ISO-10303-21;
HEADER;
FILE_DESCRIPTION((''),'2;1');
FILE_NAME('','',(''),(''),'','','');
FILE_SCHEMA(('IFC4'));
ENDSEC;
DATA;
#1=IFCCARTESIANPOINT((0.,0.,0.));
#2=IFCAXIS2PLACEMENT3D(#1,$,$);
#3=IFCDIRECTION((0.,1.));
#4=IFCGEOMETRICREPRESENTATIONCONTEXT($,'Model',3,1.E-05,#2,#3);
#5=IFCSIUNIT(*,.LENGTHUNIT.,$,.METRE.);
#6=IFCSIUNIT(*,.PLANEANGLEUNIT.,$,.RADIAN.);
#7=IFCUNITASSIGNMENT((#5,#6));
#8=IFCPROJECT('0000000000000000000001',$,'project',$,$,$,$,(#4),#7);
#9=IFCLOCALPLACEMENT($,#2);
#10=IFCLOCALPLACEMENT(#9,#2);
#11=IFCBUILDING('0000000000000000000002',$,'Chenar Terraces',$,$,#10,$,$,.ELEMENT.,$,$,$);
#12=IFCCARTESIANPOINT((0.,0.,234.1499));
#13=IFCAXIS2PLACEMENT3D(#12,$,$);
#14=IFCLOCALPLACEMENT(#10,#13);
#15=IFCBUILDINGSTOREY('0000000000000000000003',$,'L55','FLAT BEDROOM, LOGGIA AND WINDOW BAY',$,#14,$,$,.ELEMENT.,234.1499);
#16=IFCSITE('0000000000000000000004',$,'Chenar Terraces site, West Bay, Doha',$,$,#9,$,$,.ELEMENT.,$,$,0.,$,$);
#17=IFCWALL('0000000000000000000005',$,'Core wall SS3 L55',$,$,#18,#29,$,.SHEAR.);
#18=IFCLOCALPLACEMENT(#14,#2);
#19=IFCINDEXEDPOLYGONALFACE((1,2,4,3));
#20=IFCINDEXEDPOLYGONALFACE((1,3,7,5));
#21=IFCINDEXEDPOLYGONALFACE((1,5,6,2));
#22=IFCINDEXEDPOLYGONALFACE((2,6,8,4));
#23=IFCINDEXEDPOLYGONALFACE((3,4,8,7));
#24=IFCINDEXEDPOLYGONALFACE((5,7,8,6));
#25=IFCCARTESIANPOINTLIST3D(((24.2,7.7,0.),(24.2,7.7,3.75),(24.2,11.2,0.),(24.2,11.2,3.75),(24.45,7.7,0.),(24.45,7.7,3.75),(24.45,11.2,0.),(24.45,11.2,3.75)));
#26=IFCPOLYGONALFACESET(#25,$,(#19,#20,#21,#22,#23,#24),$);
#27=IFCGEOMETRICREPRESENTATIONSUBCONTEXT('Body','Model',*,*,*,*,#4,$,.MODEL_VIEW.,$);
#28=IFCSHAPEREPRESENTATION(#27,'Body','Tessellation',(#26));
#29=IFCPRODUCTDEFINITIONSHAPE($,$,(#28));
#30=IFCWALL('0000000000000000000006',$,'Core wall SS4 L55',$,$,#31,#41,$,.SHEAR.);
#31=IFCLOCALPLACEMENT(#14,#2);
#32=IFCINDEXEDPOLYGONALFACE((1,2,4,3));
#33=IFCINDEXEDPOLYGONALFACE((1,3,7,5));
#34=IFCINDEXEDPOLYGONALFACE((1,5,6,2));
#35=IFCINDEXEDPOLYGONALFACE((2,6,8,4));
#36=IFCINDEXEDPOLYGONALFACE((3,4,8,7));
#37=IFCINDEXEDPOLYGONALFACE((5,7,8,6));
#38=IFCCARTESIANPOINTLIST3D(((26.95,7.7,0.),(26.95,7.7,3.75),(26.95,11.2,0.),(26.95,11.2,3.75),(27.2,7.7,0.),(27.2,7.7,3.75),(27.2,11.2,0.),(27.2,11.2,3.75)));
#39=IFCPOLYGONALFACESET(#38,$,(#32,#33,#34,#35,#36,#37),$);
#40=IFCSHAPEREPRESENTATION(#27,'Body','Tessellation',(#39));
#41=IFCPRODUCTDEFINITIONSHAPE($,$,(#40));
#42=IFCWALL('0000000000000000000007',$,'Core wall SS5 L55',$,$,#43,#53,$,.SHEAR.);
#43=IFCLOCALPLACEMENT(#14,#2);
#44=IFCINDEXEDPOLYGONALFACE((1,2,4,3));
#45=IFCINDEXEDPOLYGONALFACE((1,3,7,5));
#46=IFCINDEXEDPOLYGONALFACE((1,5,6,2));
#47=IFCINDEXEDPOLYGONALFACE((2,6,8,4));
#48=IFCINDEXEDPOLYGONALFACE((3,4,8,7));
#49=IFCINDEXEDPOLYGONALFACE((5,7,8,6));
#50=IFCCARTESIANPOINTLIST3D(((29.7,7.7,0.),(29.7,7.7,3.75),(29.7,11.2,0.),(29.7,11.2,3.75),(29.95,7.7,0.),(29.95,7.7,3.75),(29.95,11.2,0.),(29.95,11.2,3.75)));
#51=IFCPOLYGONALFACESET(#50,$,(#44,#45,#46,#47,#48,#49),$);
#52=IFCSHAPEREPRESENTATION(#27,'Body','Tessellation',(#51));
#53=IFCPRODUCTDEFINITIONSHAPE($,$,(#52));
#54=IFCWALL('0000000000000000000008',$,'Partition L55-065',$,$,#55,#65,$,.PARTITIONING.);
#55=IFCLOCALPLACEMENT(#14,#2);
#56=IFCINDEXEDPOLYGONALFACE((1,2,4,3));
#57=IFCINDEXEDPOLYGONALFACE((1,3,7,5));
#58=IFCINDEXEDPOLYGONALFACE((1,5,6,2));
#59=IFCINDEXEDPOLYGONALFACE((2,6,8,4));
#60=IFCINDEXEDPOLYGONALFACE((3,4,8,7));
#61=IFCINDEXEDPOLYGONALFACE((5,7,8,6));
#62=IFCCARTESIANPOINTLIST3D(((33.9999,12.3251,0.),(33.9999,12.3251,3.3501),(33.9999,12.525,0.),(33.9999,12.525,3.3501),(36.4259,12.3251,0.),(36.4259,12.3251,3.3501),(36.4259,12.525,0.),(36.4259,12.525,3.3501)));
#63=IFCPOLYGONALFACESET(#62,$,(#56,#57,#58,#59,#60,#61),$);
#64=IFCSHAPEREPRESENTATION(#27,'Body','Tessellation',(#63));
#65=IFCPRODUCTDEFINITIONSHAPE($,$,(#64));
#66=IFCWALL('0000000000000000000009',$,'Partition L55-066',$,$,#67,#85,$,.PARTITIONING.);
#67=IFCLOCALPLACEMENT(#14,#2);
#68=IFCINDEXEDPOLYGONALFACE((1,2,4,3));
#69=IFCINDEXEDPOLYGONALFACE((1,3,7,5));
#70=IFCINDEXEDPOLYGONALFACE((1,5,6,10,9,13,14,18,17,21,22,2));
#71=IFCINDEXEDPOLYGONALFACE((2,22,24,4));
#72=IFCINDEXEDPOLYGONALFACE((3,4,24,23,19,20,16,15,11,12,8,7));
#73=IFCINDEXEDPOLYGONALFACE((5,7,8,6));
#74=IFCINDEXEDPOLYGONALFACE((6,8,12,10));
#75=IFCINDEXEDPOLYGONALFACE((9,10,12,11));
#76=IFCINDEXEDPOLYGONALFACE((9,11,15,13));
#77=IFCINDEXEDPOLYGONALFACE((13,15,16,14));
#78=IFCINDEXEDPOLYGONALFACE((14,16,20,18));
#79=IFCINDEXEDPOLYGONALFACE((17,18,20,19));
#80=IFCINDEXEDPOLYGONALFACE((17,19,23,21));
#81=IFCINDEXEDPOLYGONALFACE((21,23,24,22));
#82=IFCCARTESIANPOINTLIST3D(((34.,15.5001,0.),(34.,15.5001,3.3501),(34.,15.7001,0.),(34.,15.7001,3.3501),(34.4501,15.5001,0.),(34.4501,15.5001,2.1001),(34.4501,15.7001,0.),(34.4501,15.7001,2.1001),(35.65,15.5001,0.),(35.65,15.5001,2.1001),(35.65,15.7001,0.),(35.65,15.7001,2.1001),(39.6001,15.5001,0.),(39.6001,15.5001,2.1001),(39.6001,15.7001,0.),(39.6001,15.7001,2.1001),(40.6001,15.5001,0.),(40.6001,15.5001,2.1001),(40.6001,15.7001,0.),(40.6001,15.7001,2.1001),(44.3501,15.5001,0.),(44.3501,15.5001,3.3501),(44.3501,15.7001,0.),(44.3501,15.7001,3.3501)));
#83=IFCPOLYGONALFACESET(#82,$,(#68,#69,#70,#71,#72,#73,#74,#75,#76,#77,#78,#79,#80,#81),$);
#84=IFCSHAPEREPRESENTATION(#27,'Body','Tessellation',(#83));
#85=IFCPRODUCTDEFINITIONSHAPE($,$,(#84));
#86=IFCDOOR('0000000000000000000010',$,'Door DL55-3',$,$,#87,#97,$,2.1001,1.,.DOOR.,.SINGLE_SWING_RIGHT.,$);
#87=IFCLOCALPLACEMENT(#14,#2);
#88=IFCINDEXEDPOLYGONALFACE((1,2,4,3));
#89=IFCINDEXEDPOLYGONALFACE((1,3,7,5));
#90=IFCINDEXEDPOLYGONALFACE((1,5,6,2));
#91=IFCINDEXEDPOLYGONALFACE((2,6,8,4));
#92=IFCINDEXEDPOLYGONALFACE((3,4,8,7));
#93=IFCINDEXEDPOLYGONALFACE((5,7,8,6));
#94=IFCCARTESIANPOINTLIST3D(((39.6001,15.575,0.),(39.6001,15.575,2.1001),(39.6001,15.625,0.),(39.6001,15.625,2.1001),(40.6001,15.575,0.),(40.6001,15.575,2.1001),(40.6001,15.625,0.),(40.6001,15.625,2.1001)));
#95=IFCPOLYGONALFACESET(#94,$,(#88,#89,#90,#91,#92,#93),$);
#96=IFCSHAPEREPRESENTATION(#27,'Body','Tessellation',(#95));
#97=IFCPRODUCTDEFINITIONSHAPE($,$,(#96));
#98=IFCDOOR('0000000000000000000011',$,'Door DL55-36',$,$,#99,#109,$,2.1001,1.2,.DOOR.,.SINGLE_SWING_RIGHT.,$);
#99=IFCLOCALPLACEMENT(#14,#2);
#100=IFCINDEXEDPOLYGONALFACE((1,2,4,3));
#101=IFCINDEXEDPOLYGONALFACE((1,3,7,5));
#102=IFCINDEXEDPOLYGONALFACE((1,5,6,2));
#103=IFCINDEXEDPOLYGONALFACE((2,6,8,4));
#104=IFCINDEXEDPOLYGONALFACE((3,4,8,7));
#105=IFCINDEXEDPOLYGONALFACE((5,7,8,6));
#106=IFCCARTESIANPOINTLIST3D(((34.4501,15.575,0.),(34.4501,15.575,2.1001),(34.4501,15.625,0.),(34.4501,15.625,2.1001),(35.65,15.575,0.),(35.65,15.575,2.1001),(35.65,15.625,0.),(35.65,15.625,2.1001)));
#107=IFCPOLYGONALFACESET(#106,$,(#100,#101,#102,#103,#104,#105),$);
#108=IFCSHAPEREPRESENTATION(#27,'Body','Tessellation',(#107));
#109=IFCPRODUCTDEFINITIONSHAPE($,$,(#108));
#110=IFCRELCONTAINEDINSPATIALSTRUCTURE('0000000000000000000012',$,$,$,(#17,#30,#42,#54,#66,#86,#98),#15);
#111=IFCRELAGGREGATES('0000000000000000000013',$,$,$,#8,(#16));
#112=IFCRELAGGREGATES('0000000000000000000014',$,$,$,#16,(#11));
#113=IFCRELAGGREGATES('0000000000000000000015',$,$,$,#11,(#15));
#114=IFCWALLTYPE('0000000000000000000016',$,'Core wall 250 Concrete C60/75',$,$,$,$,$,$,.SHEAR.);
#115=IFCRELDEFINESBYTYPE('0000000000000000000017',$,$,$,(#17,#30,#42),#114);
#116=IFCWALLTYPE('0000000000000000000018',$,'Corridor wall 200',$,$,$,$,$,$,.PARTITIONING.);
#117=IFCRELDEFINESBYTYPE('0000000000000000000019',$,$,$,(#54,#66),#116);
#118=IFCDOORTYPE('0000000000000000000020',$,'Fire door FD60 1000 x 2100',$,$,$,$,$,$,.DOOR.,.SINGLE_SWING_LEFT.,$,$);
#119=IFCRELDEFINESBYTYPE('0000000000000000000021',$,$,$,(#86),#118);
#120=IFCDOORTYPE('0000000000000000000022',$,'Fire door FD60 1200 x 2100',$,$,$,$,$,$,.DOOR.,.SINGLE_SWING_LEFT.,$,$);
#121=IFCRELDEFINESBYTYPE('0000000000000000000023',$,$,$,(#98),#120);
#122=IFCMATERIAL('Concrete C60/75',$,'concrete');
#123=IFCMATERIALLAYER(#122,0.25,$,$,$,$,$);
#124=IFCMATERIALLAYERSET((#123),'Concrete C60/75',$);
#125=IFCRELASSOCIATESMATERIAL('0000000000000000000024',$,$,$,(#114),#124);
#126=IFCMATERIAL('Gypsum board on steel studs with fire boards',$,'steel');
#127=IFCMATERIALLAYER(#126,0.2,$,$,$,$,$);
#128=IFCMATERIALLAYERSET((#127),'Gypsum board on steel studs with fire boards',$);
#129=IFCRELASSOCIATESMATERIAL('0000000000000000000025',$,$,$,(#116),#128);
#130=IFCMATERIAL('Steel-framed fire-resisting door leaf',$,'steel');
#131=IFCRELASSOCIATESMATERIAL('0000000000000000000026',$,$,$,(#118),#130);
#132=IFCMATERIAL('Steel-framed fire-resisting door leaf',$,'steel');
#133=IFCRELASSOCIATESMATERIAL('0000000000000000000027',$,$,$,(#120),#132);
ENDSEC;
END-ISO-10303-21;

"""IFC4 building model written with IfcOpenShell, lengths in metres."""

from ifc_helpers import new_model, si_unit, direction, frame, frame_2d, origin, place, context, subcontext, project, spatial, rectangle, extrude, material, layer, layer_set, type_object, element, fill, save


model = new_model("IFC4")

# Units and contexts
model_context = context("Model", 3, precision=1e-05, world=origin(), true_north=direction((0.0, 1.0)))
body_context = subcontext(model_context, "Body", "Model", "MODEL_VIEW")
ifc_project = project(units=[si_unit("LENGTHUNIT", "METRE"), si_unit("PLANEANGLEUNIT", "RADIAN")], contexts=[model_context])

# Site, building, storey
site_placement = place(None, origin())
site = spatial("IfcSite", under=ifc_project, at=site_placement, Name="Chenar Terraces site, West Bay, Doha", CompositionType="ELEMENT", RefElevation=0.0)
building_placement = place(site_placement, origin())
building = spatial("IfcBuilding", under=site, at=building_placement, Name="Chenar Terraces", CompositionType="ELEMENT")
storey_placement = place(building_placement, frame((0.0, 0.0, 234.1499)))
storey = spatial("IfcBuildingStorey", under=building, at=storey_placement, Name="L55", Description="FLAT BEDROOM, LOGGIA AND WINDOW BAY", CompositionType="ELEMENT", Elevation=234.1499)

# Walls
ifc_material_1 = material(Name="Concrete C60/75", Category="concrete")
ifc_layer_1 = layer(ifc_material_1, 0.25)
ifc_layer_set_1 = layer_set([ifc_layer_1], Name="Concrete C60/75")
wall_type_1 = type_object("IfcWallType", Name="Core wall 250 Concrete C60/75", PredefinedType="SHEAR", material=ifc_layer_set_1)
for number, where, z_axis, x_axis, name in (
    (1, (24.325, 7.7, 0.0), (0.0, 0.0, 1.0), (0.0, 1.0, 0.0), "Core wall SS3 L55"),
    (2, (27.075, 7.7, 0.0), (0.0, 0.0, 1.0), (0.0, 1.0, 0.0), "Core wall SS4 L55"),
    (3, (29.825, 7.7, 0.0), (0.0, 0.0, 1.0), (0.0, 1.0, 0.0), "Core wall SS5 L55"),
):
    element("IfcWall", number, at=place(storey_placement, frame(where, z_axis=z_axis, x_axis=x_axis)), inside=storey, type_object=wall_type_1, Name=name, PredefinedType="SHEAR", context=body_context, shape_type="SweptSolid", body=[
        extrude(rectangle(XDim=3.5, YDim=0.25, at=frame_2d((1.75, 0.0))), origin(), (0.0, 0.0, 1.0), 3.75),
    ])

# Wall
ifc_material_2 = material(Name="Gypsum board on steel studs with fire boards", Category="steel")
ifc_layer_2 = layer(ifc_material_2, 0.2)
ifc_layer_set_2 = layer_set([ifc_layer_2], Name="Gypsum board on steel studs with fire boards")
wall_type_2 = type_object("IfcWallType", Name="Corridor wall 200", PredefinedType="PARTITIONING", material=ifc_layer_set_2)
wall_1_placement = place(storey_placement, frame((34.0, 12.425, 0.0), z_axis=(0.0, 0.0, 1.0), x_axis=(1.0, 0.0, 0.0)))
element("IfcWall", 4, at=wall_1_placement, inside=storey, type_object=wall_type_2, Name="Partition L55-065", PredefinedType="PARTITIONING", context=body_context, shape_type="SweptSolid", body=[
    extrude(rectangle(XDim=2.426, YDim=0.2, at=frame_2d((1.2129, 0.0))), origin(), (0.0, 0.0, 1.0), 3.3501),
])

# Wall, openings, doors
wall_2_placement = place(storey_placement, frame((34.0, 15.6001, 0.0), z_axis=(0.0, 0.0, 1.0), x_axis=(1.0, 0.0, 0.0)))
wall_2 = element("IfcWall", 5, at=wall_2_placement, inside=storey, type_object=wall_type_2, Name="Partition L55-066", PredefinedType="PARTITIONING", context=body_context, shape_type="SweptSolid", body=[
    extrude(rectangle(XDim=10.3501, YDim=0.2, at=frame_2d((5.175, 0.0))), origin(), (0.0, 0.0, 1.0), 3.3501),
])
opening_1_placement = place(wall_2_placement, frame((5.6001, 0.0, 0.0)))
opening_1 = element("IfcOpeningElement", 6, at=opening_1_placement, cuts=wall_2, PredefinedType="OPENING", context=body_context, shape_type="SweptSolid", body=[
    extrude(rectangle(XDim=1.0, YDim=2.1001, at=frame_2d((0.5, 1.05))), frame((0.0, 0.1099, 0.0), z_axis=(0.0, -1.0, 0.0), x_axis=(1.0, 0.0, 0.0)), (0.0, 0.0, 1.0), 0.22),
])
opening_2_placement = place(wall_2_placement, frame((0.45, 0.0, 0.0)))
opening_2 = element("IfcOpeningElement", 7, at=opening_2_placement, cuts=wall_2, PredefinedType="OPENING", context=body_context, shape_type="SweptSolid", body=[
    extrude(rectangle(XDim=1.2, YDim=2.1001, at=frame_2d((0.6001, 1.05))), frame((0.0, 0.1099, 0.0), z_axis=(0.0, -1.0, 0.0), x_axis=(1.0, 0.0, 0.0)), (0.0, 0.0, 1.0), 0.22),
])
ifc_material_3 = material(Name="Steel-framed fire-resisting door leaf", Category="steel")
door_type_1 = type_object("IfcDoorType", Name="Fire door FD60 1000 x 2100", OperationType="SINGLE_SWING_LEFT", PredefinedType="DOOR", material=ifc_material_3)
door_1_placement = place(opening_1_placement, origin())
door_1 = element("IfcDoor", 8, at=door_1_placement, inside=storey, type_object=door_type_1, Name="Door DL55-3", OperationType="SINGLE_SWING_RIGHT", OverallHeight=2.1001, OverallWidth=1.0, PredefinedType="DOOR", context=body_context, shape_type="SweptSolid", body=[
    extrude(rectangle(XDim=1.0, YDim=2.1001, at=frame_2d((0.5, 1.05))), frame((0.0, 0.0249, 0.0), z_axis=(0.0, -1.0, 0.0), x_axis=(1.0, 0.0, 0.0)), (0.0, 0.0, 1.0), 0.05),
])
fill(opening_1, door_1)
ifc_material_4 = material(Name="Steel-framed fire-resisting door leaf", Category="steel")
door_type_2 = type_object("IfcDoorType", Name="Fire door FD60 1200 x 2100", OperationType="SINGLE_SWING_LEFT", PredefinedType="DOOR", material=ifc_material_4)
door_2_placement = place(opening_2_placement, origin())
door_2 = element("IfcDoor", 9, at=door_2_placement, inside=storey, type_object=door_type_2, Name="Door DL55-36", OperationType="SINGLE_SWING_RIGHT", OverallHeight=2.1001, OverallWidth=1.2, PredefinedType="DOOR", context=body_context, shape_type="SweptSolid", body=[
    extrude(rectangle(XDim=1.2, YDim=2.1001, at=frame_2d((0.6001, 1.05))), frame((0.0, 0.0249, 0.0), z_axis=(0.0, -1.0, 0.0), x_axis=(1.0, 0.0, 0.0)), (0.0, 0.0, 1.0), 0.05),
])
fill(opening_2, door_2)

save(model, "model.ifc")
